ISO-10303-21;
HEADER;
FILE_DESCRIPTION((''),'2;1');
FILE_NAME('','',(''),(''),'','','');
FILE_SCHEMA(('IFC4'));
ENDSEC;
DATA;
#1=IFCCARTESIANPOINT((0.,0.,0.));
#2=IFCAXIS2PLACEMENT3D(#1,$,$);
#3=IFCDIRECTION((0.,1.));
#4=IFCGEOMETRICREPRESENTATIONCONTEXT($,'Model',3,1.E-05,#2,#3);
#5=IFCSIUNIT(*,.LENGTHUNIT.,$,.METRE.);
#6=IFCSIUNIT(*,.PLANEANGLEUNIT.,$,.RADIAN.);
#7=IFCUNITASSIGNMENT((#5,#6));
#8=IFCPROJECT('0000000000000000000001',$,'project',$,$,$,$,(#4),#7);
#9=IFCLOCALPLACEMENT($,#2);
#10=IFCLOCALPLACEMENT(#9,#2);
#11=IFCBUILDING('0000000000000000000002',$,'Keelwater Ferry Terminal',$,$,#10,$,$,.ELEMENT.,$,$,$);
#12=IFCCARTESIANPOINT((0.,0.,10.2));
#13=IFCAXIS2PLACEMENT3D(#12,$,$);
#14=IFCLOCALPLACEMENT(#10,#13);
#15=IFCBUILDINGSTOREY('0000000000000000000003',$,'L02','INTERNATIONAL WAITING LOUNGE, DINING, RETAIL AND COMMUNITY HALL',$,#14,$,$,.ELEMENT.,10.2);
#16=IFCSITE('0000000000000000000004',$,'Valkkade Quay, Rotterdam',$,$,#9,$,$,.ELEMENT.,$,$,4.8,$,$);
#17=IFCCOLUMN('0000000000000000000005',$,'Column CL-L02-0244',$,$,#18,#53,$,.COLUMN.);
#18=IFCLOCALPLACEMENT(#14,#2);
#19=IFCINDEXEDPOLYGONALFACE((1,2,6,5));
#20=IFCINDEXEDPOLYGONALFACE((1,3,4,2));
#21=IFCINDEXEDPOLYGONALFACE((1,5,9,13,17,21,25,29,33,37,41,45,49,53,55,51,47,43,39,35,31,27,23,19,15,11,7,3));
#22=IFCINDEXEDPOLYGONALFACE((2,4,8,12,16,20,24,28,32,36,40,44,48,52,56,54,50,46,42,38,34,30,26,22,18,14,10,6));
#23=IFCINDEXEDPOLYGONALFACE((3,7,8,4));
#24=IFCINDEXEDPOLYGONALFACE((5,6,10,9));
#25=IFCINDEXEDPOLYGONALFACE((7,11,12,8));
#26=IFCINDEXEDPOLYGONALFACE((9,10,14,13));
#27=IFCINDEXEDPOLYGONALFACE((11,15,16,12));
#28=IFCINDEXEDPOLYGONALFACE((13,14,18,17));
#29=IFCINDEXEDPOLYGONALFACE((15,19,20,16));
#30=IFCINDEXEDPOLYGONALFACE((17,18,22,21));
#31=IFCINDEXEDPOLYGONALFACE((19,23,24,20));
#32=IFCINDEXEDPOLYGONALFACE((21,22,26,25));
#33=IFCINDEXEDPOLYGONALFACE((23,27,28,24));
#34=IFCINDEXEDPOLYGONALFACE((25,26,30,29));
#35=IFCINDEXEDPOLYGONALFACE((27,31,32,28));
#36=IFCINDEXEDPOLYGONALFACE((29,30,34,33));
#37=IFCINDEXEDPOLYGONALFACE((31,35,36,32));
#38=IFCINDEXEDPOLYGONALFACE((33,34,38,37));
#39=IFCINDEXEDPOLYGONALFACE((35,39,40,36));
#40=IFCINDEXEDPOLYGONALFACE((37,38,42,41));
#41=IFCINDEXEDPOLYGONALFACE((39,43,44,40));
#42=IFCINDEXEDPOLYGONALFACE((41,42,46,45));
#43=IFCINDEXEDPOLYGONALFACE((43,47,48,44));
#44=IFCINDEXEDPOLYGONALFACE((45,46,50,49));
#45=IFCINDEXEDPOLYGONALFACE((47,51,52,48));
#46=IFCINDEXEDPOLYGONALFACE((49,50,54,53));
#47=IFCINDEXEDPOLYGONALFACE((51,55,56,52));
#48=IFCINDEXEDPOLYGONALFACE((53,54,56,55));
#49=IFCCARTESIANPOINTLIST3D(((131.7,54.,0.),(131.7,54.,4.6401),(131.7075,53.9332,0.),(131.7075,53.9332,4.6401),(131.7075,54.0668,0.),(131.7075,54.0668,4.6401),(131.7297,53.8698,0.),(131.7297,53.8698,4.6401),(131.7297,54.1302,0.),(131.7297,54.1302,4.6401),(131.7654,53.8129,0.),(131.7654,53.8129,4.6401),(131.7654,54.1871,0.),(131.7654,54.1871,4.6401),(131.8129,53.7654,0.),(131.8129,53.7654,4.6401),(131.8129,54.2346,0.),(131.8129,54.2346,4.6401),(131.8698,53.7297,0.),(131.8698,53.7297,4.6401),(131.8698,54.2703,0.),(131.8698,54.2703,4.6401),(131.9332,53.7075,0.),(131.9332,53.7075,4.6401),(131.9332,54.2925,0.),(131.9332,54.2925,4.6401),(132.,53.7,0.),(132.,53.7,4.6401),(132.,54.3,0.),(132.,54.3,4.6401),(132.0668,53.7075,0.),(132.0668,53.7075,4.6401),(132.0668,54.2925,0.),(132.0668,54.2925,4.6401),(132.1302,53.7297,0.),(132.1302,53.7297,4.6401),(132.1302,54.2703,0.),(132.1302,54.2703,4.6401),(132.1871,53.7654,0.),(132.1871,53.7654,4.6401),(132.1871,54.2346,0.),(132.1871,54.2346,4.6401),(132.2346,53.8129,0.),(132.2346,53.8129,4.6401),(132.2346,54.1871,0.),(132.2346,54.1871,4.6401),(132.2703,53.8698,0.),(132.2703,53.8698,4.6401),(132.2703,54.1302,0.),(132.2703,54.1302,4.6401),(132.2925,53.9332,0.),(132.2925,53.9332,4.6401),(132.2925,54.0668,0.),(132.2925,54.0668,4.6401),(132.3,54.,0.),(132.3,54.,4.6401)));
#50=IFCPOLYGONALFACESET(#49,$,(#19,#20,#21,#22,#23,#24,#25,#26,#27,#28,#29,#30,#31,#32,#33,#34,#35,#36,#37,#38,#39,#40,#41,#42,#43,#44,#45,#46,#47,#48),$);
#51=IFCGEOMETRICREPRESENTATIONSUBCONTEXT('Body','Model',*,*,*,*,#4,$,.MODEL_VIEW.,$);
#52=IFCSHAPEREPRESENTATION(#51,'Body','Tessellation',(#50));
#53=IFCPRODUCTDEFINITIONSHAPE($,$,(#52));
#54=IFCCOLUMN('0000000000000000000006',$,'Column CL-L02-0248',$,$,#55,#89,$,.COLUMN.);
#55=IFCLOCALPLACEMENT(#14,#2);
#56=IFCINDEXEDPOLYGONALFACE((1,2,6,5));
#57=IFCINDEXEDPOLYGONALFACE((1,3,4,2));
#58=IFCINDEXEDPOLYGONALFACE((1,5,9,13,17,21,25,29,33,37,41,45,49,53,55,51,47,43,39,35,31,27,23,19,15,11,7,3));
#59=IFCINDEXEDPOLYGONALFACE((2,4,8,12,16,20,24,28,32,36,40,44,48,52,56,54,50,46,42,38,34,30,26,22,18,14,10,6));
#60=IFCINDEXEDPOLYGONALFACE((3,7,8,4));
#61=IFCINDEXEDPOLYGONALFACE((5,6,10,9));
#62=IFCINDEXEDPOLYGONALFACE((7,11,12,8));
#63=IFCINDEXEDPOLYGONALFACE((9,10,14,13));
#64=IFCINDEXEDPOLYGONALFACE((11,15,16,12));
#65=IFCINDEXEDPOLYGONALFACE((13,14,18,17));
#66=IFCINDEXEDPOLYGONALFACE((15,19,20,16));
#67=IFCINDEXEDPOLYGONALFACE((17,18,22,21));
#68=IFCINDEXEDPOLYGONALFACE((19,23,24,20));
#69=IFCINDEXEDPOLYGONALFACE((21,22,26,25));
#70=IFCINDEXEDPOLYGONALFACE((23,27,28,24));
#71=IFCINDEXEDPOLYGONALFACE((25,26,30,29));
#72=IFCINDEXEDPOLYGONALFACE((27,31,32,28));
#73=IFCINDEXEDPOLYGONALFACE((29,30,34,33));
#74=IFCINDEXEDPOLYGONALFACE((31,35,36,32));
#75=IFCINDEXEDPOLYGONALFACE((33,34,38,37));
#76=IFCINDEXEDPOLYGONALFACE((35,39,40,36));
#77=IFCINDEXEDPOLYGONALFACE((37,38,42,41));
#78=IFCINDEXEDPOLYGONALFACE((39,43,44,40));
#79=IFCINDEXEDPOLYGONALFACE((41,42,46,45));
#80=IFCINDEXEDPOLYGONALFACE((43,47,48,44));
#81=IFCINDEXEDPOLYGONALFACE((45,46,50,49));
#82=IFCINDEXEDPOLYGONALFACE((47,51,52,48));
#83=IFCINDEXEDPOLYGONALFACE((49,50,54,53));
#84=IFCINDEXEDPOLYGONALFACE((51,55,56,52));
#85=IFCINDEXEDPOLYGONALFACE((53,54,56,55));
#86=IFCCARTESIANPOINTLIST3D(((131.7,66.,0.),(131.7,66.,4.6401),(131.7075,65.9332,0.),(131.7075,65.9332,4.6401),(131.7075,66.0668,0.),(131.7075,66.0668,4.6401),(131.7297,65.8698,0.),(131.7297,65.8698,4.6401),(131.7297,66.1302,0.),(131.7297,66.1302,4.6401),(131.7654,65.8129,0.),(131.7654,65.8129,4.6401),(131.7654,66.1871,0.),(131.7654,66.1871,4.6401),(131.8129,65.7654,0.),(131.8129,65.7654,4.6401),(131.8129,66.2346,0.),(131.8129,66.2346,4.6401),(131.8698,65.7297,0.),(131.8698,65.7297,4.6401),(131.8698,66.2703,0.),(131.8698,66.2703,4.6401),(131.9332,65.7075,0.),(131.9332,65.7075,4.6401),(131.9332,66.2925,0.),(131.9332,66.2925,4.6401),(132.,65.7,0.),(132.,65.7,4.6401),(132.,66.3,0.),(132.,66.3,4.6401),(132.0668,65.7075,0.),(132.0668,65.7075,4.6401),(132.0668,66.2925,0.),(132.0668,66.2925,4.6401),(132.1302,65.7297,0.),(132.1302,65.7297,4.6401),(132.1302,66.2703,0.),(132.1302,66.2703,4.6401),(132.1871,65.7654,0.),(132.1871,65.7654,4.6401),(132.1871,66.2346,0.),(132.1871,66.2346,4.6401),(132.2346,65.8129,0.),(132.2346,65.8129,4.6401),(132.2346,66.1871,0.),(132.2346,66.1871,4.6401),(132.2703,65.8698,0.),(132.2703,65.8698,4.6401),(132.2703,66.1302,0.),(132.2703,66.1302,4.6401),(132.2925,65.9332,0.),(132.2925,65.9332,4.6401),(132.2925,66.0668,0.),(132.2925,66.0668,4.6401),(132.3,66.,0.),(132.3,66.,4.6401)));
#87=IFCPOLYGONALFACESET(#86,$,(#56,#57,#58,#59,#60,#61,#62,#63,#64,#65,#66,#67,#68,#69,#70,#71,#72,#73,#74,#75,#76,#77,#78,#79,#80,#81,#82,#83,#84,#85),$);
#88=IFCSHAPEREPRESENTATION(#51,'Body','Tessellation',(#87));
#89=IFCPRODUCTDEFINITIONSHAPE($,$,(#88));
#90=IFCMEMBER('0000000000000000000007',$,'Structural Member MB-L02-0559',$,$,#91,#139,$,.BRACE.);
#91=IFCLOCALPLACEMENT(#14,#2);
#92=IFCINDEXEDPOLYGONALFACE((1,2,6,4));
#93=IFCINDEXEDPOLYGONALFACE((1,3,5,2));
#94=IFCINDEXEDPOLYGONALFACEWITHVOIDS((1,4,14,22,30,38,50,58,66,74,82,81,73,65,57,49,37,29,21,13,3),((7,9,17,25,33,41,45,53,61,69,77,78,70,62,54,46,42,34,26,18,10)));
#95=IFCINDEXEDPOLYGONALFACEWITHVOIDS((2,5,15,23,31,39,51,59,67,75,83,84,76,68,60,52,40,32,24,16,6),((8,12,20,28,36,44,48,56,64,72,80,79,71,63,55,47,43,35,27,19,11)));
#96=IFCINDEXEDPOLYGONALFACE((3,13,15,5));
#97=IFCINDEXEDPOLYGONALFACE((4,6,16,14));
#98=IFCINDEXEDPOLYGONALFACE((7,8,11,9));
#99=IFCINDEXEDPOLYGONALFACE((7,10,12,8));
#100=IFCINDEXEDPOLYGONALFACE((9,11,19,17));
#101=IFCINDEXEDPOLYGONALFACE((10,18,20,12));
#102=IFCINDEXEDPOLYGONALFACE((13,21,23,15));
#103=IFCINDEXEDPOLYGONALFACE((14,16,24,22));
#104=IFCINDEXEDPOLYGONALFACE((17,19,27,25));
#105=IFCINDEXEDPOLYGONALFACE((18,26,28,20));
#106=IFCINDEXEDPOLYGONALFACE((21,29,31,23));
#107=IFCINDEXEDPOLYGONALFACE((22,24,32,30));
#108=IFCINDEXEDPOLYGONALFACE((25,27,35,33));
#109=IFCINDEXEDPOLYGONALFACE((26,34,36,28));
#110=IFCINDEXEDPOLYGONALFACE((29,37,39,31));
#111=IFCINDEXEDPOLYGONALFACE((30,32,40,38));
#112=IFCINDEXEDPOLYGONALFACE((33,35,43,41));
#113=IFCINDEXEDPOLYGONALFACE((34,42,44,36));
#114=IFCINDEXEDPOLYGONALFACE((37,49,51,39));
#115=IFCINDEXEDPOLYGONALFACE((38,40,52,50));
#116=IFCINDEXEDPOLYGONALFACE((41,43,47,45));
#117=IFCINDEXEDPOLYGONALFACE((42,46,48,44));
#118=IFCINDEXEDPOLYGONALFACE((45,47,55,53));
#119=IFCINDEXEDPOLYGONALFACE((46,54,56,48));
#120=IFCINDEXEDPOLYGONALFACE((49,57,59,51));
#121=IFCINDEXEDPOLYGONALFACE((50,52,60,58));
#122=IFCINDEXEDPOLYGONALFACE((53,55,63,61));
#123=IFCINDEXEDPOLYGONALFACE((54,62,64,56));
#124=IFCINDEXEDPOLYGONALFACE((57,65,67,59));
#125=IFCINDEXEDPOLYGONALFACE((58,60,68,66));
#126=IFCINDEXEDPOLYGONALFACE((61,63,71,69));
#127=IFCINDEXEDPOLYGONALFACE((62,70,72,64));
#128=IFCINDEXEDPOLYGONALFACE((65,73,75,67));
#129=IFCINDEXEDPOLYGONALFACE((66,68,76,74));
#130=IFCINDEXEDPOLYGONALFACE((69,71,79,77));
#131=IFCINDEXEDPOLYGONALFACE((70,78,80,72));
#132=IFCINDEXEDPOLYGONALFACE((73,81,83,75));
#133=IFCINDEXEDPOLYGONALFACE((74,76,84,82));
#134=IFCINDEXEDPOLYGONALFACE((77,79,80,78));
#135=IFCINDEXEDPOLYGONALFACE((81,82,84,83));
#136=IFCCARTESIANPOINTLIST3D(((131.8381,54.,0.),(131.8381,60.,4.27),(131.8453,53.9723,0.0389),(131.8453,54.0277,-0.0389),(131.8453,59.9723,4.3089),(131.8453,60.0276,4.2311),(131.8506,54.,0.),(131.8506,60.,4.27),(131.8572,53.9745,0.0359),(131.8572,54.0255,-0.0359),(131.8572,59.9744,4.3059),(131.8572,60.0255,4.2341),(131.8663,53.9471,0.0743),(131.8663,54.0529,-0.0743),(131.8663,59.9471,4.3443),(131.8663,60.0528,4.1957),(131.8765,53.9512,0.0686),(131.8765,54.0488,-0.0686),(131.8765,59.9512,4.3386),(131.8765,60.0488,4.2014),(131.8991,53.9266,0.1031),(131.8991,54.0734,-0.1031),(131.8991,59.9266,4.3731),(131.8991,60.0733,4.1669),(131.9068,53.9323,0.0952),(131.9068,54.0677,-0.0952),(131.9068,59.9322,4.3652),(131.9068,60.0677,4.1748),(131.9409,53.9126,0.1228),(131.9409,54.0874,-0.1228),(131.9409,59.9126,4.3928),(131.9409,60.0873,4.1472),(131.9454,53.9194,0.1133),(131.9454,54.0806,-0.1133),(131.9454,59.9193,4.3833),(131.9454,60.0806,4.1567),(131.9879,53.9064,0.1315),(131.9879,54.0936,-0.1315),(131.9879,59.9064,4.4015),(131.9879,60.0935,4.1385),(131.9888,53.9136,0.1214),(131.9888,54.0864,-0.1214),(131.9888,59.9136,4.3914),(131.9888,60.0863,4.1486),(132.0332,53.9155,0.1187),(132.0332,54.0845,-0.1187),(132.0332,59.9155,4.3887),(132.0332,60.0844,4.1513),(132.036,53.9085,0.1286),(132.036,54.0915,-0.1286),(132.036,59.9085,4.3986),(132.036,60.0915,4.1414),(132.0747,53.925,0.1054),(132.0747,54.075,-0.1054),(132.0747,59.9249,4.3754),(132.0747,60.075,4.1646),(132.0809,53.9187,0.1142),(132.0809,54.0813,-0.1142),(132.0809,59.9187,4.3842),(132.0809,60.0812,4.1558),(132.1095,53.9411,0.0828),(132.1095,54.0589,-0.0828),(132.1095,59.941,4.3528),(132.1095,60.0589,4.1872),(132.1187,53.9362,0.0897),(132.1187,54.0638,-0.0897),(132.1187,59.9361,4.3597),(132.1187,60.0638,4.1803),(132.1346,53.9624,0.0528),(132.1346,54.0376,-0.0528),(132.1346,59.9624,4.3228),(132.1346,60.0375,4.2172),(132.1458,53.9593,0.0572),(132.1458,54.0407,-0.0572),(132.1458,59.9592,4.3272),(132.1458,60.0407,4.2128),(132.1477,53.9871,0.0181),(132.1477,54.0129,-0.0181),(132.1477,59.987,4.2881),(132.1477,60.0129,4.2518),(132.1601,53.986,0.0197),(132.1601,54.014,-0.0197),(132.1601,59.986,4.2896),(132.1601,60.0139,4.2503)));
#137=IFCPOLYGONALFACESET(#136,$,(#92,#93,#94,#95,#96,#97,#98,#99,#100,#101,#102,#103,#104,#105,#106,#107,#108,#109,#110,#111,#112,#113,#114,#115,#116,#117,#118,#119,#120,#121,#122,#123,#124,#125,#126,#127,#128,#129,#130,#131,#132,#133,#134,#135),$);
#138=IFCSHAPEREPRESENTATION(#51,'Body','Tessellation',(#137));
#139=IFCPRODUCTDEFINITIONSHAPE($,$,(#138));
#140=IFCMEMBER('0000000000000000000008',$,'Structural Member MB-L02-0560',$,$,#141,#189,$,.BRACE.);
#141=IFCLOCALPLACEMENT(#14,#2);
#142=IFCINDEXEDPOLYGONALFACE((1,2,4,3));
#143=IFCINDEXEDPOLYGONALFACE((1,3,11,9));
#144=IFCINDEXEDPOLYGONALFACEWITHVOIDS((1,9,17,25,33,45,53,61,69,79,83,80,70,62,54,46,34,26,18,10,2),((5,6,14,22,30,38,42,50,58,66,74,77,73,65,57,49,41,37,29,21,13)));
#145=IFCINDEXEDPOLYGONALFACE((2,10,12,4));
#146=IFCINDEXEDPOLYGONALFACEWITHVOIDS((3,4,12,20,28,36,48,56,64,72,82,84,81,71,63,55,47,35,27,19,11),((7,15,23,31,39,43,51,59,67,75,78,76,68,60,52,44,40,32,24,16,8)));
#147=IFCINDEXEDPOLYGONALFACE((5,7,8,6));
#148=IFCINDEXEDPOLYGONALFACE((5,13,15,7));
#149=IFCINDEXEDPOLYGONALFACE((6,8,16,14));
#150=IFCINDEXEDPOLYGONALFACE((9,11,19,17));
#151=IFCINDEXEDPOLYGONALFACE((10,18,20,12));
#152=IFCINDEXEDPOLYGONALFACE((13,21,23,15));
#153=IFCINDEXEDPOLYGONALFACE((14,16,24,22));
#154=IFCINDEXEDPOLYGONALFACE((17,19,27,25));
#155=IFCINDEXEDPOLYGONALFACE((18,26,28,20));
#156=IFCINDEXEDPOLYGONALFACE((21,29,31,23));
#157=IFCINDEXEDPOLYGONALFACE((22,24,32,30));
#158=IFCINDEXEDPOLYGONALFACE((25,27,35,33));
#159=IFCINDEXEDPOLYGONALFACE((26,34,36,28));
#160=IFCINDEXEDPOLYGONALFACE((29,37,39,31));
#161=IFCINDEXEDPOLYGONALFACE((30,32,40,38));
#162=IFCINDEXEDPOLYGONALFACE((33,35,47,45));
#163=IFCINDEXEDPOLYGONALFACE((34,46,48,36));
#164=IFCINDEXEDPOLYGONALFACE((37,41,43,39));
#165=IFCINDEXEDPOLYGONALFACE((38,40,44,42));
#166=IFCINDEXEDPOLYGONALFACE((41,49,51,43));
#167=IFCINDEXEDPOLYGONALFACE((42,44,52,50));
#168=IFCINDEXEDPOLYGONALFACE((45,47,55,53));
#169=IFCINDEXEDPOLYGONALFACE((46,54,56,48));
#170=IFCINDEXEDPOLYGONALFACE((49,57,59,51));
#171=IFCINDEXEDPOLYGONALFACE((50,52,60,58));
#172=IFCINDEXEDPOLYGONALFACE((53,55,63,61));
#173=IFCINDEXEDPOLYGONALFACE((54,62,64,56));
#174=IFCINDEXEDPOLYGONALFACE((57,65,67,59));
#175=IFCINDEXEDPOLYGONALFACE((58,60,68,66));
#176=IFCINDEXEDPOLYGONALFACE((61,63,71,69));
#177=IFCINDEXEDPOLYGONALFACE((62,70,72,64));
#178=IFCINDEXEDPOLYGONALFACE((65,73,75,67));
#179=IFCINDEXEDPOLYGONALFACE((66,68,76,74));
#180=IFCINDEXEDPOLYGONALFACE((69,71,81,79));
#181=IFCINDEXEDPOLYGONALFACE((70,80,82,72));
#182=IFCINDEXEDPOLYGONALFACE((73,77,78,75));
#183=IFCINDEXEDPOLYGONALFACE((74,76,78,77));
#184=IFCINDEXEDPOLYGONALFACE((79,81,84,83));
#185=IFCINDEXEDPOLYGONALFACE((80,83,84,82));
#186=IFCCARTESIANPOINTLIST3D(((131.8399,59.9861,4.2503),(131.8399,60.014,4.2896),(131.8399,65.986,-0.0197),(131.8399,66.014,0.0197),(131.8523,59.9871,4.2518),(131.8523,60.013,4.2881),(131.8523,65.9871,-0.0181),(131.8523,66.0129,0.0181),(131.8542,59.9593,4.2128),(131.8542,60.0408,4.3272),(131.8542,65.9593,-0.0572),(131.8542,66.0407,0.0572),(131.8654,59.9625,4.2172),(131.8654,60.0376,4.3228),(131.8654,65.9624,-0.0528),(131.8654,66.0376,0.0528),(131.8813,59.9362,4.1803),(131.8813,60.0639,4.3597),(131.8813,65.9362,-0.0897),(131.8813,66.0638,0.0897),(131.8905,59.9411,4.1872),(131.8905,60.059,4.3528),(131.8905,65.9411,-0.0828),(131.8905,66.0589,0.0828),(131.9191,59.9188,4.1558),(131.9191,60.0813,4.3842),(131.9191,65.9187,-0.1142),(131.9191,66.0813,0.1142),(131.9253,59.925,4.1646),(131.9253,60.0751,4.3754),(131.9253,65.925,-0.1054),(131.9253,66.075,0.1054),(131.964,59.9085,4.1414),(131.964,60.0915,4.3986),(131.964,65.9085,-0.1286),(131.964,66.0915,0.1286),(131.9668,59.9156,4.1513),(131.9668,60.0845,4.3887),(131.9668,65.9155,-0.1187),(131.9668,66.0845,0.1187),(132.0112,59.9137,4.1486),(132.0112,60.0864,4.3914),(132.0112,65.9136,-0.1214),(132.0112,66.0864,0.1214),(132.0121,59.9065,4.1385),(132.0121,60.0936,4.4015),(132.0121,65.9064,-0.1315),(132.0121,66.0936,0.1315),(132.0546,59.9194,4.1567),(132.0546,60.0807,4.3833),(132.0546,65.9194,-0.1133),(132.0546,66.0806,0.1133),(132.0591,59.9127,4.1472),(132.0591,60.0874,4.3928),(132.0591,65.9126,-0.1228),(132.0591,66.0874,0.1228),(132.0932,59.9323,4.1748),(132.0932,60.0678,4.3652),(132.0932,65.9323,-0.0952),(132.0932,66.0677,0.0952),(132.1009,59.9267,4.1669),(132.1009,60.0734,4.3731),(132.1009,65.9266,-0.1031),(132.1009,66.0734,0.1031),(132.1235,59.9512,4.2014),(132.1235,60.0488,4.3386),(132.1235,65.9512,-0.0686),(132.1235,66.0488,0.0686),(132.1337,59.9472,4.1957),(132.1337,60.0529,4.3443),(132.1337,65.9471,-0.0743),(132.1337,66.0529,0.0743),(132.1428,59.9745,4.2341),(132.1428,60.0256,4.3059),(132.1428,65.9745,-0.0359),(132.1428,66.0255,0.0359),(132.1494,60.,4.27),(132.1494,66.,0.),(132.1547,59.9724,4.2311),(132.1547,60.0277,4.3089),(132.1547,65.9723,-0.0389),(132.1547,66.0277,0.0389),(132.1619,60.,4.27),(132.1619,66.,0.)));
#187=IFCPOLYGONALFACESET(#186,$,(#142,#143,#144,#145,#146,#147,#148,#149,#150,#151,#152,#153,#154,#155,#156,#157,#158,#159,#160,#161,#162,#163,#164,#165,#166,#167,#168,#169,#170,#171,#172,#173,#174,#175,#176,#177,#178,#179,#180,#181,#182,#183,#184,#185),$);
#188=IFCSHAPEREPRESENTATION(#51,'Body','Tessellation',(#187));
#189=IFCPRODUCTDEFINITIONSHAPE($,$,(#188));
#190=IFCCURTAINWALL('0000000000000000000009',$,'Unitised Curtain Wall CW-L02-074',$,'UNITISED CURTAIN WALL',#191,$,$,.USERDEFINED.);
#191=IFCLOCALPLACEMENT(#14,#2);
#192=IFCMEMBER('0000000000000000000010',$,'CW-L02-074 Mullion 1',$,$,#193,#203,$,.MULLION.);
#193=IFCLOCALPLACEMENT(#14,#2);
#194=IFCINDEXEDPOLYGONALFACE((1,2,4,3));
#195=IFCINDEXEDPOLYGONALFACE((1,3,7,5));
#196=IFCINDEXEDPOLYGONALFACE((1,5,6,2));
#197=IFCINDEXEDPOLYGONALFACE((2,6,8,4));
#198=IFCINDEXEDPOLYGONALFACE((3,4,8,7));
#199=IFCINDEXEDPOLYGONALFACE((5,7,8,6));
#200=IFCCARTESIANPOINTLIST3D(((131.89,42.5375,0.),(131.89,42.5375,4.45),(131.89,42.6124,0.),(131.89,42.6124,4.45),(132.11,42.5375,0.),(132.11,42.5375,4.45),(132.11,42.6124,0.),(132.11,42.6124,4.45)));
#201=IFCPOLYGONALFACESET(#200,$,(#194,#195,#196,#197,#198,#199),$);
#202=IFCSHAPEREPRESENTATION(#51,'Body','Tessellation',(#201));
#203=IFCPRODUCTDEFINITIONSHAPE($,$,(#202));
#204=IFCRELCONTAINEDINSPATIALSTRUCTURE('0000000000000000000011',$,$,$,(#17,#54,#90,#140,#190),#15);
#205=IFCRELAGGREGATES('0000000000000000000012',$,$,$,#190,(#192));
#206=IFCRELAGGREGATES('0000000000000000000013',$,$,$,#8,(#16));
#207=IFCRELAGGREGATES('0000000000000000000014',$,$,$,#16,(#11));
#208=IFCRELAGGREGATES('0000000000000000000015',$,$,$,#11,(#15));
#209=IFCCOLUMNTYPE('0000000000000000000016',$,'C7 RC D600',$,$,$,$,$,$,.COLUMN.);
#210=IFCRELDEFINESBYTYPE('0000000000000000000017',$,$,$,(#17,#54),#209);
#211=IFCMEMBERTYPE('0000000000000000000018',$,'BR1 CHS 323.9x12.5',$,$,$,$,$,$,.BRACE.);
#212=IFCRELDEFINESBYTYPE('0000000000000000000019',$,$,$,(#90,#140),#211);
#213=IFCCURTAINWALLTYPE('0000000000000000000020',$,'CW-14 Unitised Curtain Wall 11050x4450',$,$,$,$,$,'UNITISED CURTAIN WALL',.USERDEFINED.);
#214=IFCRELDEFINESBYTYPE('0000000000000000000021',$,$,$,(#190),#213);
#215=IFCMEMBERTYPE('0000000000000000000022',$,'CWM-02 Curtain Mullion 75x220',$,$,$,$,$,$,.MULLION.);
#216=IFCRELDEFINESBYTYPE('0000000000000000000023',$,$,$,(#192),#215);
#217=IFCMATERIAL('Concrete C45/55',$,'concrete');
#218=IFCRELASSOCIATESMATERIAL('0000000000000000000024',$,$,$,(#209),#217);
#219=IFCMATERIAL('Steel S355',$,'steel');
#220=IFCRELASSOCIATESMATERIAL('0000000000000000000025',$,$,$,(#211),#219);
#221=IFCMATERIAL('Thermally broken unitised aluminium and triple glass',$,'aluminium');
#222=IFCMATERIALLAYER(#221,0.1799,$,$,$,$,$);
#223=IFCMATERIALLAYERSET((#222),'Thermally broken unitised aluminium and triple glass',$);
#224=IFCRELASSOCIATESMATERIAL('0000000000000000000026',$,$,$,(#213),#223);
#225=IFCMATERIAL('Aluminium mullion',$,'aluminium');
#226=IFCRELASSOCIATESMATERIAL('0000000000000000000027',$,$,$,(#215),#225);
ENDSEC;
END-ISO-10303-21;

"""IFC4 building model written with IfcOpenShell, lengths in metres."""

from ifc_helpers import new_model, si_unit, direction, frame, origin, origin_2d, place, context, subcontext, project, spatial, rectangle, circle, hollow_circle, extrude, material, layer, layer_set, material_profile, profile_set, type_object, element, aggregate, save


model = new_model("IFC4")

# Units and contexts
model_context = context("Model", 3, precision=1e-05, world=origin(), true_north=direction((0.0, 1.0)))
body_context = subcontext(model_context, "Body", "Model", "MODEL_VIEW")
ifc_project = project(units=[si_unit("LENGTHUNIT", "METRE"), si_unit("PLANEANGLEUNIT", "RADIAN")], contexts=[model_context])

# Site, building, storey
site_placement = place(None, origin())
site = spatial("IfcSite", under=ifc_project, at=site_placement, Name="Valkkade Quay, Rotterdam", CompositionType="ELEMENT", RefElevation=4.8)
building_placement = place(site_placement, origin())
building = spatial("IfcBuilding", under=site, at=building_placement, Name="Keelwater Ferry Terminal", CompositionType="ELEMENT")
storey_placement = place(building_placement, frame((0.0, 0.0, 10.2)))
storey = spatial("IfcBuildingStorey", under=building, at=storey_placement, Name="L02", Description="INTERNATIONAL WAITING LOUNGE, DINING, RETAIL AND COMMUNITY HALL", CompositionType="ELEMENT", Elevation=10.2)

# Columns
ifc_material_1 = material(Name="Concrete C45/55", Category="concrete")
ifc_material_profile_1 = material_profile(ifc_material_1, circle(Radius=0.3, at=origin_2d()), Name="RC D600")
ifc_profile_set_1 = profile_set([ifc_material_profile_1], Name="Concrete C45/55")
column_type = type_object("IfcColumnType", Name="C7 RC D600", PredefinedType="COLUMN", material=ifc_profile_set_1)
for number, where, z_axis, x_axis, name in (
    (1, (132.0, 54.0, 0.0), (0.0, 0.0, 1.0), (1.0, 0.0, 0.0), "Column CL-L02-0244"),
    (2, (132.0, 66.0, 0.0), (0.0, 0.0, 1.0), (1.0, 0.0, 0.0), "Column CL-L02-0248"),
):
    element("IfcColumn", number, at=place(storey_placement, frame(where, z_axis=z_axis, x_axis=x_axis)), inside=storey, type_object=column_type, Name=name, PredefinedType="COLUMN", context=body_context, shape_type="SweptSolid", body=[
        extrude(circle(Radius=0.3, at=origin_2d()), origin(), (0.0, 0.0, 1.0), 4.6401),
    ])

# Members
ifc_material_2 = material(Name="Steel S355", Category="steel")
ifc_material_profile_2 = material_profile(ifc_material_2, hollow_circle(Radius=0.1619, WallThickness=0.0125, at=origin_2d()), Name="CHS 323.9x12.5")
ifc_profile_set_2 = profile_set([ifc_material_profile_2], Name="Steel S355")
member_type_1 = type_object("IfcMemberType", Name="BR1 CHS 323.9x12.5", PredefinedType="BRACE", material=ifc_profile_set_2)
for number, where, z_axis, x_axis, name in (
    (3, (132.0, 54.0, 0.0), (0.0, 0.81474, 0.579826), (-1.0, 0.0, 0.0), "Structural Member MB-L02-0559"),
    (4, (132.0, 66.0, 0.0), (0.0, -0.81474, 0.579826), (1.0, 0.0, 0.0), "Structural Member MB-L02-0560"),
):
    element("IfcMember", number, at=place(storey_placement, frame(where, z_axis=z_axis, x_axis=x_axis)), inside=storey, type_object=member_type_1, Name=name, PredefinedType="BRACE", context=body_context, shape_type="SweptSolid", body=[
        extrude(hollow_circle(Radius=0.1619, WallThickness=0.0125, at=origin_2d()), origin(), (0.0, 0.0, 1.0), 7.3643),
    ])

# Curtain wall, member
ifc_material_3 = material(Name="Thermally broken unitised aluminium and triple glass", Category="aluminium")
ifc_layer_1 = layer(ifc_material_3, 0.1799)
ifc_layer_set_1 = layer_set([ifc_layer_1], Name="Thermally broken unitised aluminium and triple glass")
curtain_wall_type = type_object("IfcCurtainWallType", Name="CW-14 Unitised Curtain Wall 11050x4450", ElementType="UNITISED CURTAIN WALL", PredefinedType="USERDEFINED", material=ifc_layer_set_1)
curtain_wall_placement = place(storey_placement, origin())
curtain_wall = element("IfcCurtainWall", 5, at=curtain_wall_placement, inside=storey, type_object=curtain_wall_type, Name="Unitised Curtain Wall CW-L02-074", ObjectType="UNITISED CURTAIN WALL", PredefinedType="USERDEFINED")
ifc_material_4 = material(Name="Aluminium mullion", Category="aluminium")
ifc_material_profile_3 = material_profile(ifc_material_4, rectangle(XDim=0.075, YDim=0.22, at=origin_2d()), Name="CWM-02")
ifc_profile_set_3 = profile_set([ifc_material_profile_3], Name="Aluminium mullion")
member_type_2 = type_object("IfcMemberType", Name="CWM-02 Curtain Mullion 75x220", PredefinedType="MULLION", material=ifc_profile_set_3)
member_1_placement = place(storey_placement, frame((132.0, 42.575, 0.0), z_axis=(0.0, 0.0, 1.0), x_axis=(0.0, 1.0, 0.0)))
member_1 = element("IfcMember", 6, at=member_1_placement, type_object=member_type_2, Name="CW-L02-074 Mullion 1", PredefinedType="MULLION", context=body_context, shape_type="SweptSolid", body=[
    extrude(rectangle(XDim=0.075, YDim=0.22, at=origin_2d()), origin(), (0.0, 0.0, 1.0), 4.45),
])

aggregate(curtain_wall, [member_1])

save(model, "model.ifc")
